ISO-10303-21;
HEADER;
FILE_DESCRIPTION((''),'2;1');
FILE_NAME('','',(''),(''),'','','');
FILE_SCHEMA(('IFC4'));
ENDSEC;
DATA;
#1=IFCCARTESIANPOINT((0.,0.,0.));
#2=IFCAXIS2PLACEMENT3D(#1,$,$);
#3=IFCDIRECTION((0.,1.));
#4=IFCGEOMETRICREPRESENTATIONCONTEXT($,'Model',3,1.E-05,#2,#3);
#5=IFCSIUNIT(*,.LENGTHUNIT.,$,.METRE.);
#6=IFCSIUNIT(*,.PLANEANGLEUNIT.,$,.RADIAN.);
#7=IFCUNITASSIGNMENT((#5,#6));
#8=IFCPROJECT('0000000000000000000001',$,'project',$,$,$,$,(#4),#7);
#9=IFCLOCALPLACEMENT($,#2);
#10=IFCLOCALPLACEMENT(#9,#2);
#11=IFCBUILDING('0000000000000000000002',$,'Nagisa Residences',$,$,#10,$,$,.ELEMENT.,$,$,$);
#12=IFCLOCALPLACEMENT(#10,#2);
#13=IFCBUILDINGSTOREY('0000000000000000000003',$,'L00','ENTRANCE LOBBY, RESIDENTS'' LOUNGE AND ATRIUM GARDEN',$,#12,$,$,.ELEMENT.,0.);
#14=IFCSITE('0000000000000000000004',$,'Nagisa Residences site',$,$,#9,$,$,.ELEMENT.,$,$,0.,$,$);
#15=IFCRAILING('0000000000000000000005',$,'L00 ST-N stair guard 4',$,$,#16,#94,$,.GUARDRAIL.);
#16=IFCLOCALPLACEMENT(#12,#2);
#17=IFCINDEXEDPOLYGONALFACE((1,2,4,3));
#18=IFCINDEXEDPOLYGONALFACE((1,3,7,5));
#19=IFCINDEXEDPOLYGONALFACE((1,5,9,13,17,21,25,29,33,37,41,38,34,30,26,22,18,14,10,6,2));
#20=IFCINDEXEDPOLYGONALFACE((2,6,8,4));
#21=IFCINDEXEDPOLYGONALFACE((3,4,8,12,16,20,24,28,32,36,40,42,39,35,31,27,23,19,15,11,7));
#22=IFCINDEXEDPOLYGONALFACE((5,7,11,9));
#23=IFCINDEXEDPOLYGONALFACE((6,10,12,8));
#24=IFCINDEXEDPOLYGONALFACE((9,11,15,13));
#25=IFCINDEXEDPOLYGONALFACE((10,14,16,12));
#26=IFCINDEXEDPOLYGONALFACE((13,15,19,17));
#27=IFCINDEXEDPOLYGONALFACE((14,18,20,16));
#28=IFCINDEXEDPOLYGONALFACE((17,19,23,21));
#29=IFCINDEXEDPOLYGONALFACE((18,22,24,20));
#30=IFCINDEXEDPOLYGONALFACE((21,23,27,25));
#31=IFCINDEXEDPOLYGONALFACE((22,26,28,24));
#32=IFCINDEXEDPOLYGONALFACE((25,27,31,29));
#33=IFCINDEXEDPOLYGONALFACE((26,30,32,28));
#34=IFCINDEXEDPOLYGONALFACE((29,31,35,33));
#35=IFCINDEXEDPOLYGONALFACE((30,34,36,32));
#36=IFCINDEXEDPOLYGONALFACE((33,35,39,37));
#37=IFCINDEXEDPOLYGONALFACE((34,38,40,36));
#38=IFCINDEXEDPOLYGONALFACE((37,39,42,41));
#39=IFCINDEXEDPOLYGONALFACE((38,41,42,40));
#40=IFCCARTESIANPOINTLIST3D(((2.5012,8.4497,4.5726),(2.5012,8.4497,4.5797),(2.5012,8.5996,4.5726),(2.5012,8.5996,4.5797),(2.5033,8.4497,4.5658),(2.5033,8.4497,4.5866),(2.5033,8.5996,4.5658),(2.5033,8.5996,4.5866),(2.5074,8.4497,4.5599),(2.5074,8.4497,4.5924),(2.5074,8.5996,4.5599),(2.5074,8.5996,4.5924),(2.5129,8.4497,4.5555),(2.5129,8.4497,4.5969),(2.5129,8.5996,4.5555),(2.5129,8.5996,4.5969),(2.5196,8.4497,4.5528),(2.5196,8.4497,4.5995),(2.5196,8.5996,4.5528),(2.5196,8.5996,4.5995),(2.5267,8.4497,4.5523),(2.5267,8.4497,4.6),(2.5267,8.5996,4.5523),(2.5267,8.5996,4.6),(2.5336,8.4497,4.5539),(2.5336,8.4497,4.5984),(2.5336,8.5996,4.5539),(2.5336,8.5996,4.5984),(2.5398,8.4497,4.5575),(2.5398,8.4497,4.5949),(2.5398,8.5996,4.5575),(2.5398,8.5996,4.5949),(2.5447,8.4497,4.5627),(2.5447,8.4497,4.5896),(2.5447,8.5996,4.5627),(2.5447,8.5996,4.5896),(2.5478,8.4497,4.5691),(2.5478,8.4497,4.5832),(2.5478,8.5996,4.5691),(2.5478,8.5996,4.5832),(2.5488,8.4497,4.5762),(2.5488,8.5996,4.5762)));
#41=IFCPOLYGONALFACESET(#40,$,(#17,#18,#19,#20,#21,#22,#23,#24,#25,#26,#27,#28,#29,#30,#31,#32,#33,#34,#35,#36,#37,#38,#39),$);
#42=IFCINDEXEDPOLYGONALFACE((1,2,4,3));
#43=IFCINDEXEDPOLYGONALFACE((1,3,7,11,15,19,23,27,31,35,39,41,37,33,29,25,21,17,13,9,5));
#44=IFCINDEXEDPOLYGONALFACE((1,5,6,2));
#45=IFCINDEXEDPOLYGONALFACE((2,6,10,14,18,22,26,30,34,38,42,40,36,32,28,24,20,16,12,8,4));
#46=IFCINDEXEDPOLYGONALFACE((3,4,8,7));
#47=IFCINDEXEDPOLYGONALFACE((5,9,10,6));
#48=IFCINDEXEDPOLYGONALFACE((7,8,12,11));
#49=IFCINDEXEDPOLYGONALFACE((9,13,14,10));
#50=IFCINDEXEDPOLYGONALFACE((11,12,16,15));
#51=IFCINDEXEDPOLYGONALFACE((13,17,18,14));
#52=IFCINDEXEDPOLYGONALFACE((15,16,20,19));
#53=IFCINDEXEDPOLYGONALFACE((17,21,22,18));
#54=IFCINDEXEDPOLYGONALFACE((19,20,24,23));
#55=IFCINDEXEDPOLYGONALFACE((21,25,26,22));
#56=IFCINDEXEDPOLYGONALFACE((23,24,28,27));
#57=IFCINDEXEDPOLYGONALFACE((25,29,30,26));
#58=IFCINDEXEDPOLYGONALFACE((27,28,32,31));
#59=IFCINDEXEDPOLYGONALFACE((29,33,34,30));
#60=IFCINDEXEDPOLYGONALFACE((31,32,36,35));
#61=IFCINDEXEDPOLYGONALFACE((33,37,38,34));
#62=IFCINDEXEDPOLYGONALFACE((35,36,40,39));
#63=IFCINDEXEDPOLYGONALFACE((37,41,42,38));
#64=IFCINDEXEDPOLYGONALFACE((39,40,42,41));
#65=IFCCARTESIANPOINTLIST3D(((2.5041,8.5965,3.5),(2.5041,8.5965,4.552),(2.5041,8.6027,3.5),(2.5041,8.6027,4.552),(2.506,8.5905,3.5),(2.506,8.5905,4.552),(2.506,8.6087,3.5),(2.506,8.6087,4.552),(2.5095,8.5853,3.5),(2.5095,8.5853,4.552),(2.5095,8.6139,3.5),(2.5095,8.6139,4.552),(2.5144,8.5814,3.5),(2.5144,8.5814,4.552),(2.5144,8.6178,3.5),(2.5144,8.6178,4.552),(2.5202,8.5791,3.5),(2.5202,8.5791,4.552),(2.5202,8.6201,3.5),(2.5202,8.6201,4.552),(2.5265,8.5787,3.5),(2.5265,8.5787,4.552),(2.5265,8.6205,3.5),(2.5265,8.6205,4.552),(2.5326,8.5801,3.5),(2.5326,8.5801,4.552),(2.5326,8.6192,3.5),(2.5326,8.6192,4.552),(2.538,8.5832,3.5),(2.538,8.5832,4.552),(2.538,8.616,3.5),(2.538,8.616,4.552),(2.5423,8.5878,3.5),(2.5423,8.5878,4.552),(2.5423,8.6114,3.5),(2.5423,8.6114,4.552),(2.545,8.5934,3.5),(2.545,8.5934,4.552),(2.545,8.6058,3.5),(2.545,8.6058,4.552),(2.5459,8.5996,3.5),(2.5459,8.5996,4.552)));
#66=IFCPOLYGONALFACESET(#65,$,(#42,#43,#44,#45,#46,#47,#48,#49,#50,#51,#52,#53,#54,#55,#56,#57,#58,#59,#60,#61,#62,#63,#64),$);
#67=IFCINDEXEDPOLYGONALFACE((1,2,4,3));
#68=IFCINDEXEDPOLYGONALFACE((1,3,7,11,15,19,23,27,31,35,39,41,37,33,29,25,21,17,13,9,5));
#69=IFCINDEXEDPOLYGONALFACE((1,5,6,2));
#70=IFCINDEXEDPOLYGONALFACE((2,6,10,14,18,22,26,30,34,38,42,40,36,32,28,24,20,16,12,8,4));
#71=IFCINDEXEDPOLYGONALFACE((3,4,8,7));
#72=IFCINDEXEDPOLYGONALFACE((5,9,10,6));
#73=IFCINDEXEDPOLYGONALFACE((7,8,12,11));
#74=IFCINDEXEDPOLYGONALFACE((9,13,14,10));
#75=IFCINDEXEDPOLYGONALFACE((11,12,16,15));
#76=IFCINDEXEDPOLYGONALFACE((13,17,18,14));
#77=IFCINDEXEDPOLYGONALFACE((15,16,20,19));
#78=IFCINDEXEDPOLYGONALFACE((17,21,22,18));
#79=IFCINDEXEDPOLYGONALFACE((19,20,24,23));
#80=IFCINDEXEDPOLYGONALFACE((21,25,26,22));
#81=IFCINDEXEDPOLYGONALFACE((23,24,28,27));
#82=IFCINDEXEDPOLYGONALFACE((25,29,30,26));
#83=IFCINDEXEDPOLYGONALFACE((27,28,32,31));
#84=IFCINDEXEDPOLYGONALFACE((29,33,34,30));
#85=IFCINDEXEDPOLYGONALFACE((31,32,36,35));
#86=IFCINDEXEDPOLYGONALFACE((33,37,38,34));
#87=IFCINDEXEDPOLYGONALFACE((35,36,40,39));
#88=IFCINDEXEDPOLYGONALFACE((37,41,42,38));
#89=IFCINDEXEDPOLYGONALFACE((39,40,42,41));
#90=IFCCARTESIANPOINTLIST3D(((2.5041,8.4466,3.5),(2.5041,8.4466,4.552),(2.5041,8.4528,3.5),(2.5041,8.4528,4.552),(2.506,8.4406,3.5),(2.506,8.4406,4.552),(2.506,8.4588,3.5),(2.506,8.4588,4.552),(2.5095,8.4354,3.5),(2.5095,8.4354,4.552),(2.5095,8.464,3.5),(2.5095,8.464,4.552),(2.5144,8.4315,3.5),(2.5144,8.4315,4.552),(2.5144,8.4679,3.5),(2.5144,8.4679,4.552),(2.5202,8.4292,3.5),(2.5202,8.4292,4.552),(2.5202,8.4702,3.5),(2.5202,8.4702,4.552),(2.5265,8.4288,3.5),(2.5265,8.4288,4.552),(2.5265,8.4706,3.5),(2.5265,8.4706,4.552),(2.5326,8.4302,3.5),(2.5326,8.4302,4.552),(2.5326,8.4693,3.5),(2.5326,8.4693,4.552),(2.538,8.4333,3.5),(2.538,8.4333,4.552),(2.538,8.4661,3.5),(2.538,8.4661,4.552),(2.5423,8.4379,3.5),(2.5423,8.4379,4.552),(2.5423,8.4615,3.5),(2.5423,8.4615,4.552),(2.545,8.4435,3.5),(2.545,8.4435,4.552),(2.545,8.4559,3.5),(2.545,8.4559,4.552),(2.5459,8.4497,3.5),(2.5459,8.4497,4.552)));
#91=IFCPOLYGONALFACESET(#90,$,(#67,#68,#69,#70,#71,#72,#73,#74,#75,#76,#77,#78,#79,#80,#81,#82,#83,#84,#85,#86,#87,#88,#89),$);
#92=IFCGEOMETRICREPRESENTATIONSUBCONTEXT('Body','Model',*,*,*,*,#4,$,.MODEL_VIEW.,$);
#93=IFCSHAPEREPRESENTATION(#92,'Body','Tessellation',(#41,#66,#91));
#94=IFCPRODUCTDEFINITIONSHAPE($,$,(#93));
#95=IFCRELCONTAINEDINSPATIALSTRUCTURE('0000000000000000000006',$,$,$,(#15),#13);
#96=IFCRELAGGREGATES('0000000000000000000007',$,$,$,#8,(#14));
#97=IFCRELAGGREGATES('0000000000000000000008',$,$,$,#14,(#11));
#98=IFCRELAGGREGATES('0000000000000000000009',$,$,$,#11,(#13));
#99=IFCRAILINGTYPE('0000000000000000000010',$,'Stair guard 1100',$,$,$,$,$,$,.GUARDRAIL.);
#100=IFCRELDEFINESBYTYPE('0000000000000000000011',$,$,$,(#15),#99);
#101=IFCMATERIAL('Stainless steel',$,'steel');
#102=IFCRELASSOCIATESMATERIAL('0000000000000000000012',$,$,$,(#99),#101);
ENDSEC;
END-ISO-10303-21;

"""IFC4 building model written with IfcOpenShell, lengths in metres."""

from ifc_helpers import new_model, si_unit, direction, frame, origin, origin_2d, place, context, subcontext, project, spatial, circle, extrude, material, type_object, element, save


model = new_model("IFC4")

# Units and contexts
model_context = context("Model", 3, precision=1e-05, world=origin(), true_north=direction((0.0, 1.0)))
body_context = subcontext(model_context, "Body", "Model", "MODEL_VIEW")
ifc_project = project(units=[si_unit("LENGTHUNIT", "METRE"), si_unit("PLANEANGLEUNIT", "RADIAN")], contexts=[model_context])

# Site, building, storey
site_placement = place(None, origin())
site = spatial("IfcSite", under=ifc_project, at=site_placement, Name="Nagisa Residences site", CompositionType="ELEMENT", RefElevation=0.0)
building_placement = place(site_placement, origin())
building = spatial("IfcBuilding", under=site, at=building_placement, Name="Nagisa Residences", CompositionType="ELEMENT")
storey_placement = place(building_placement, origin())
storey = spatial("IfcBuildingStorey", under=building, at=storey_placement, Name="L00", Description="ENTRANCE LOBBY, RESIDENTS' LOUNGE AND ATRIUM GARDEN", CompositionType="ELEMENT", Elevation=0.0)

# Railing
ifc_material_1 = material(Name="Stainless steel", Category="steel")
railing_type_1 = type_object("IfcRailingType", Name="Stair guard 1100", PredefinedType="GUARDRAIL", material=ifc_material_1)
railing_1_placement = place(storey_placement, frame((2.5249, 8.5996, 3.5)))
element("IfcRailing", 1, at=railing_1_placement, inside=storey, type_object=railing_type_1, Name="L00 ST-N stair guard 4", PredefinedType="GUARDRAIL", context=body_context, shape_type="SweptSolid", body=[
    extrude(circle(Radius=0.0239, at=origin_2d()), frame((0.0, 0.0, 1.0762), z_axis=(0.0, -1.0, 0.0), x_axis=(1.0, 0.0, 0.0)), (0.0, 0.0, 1.0), 0.1499),
    extrude(circle(Radius=0.021, at=origin_2d()), origin(), (0.0, 0.0, 1.0), 1.052),
    extrude(circle(Radius=0.021, at=origin_2d()), frame((0.0, -0.1499, 0.0)), (0.0, 0.0, 1.0), 1.052),
])

save(model, "model.ifc")
